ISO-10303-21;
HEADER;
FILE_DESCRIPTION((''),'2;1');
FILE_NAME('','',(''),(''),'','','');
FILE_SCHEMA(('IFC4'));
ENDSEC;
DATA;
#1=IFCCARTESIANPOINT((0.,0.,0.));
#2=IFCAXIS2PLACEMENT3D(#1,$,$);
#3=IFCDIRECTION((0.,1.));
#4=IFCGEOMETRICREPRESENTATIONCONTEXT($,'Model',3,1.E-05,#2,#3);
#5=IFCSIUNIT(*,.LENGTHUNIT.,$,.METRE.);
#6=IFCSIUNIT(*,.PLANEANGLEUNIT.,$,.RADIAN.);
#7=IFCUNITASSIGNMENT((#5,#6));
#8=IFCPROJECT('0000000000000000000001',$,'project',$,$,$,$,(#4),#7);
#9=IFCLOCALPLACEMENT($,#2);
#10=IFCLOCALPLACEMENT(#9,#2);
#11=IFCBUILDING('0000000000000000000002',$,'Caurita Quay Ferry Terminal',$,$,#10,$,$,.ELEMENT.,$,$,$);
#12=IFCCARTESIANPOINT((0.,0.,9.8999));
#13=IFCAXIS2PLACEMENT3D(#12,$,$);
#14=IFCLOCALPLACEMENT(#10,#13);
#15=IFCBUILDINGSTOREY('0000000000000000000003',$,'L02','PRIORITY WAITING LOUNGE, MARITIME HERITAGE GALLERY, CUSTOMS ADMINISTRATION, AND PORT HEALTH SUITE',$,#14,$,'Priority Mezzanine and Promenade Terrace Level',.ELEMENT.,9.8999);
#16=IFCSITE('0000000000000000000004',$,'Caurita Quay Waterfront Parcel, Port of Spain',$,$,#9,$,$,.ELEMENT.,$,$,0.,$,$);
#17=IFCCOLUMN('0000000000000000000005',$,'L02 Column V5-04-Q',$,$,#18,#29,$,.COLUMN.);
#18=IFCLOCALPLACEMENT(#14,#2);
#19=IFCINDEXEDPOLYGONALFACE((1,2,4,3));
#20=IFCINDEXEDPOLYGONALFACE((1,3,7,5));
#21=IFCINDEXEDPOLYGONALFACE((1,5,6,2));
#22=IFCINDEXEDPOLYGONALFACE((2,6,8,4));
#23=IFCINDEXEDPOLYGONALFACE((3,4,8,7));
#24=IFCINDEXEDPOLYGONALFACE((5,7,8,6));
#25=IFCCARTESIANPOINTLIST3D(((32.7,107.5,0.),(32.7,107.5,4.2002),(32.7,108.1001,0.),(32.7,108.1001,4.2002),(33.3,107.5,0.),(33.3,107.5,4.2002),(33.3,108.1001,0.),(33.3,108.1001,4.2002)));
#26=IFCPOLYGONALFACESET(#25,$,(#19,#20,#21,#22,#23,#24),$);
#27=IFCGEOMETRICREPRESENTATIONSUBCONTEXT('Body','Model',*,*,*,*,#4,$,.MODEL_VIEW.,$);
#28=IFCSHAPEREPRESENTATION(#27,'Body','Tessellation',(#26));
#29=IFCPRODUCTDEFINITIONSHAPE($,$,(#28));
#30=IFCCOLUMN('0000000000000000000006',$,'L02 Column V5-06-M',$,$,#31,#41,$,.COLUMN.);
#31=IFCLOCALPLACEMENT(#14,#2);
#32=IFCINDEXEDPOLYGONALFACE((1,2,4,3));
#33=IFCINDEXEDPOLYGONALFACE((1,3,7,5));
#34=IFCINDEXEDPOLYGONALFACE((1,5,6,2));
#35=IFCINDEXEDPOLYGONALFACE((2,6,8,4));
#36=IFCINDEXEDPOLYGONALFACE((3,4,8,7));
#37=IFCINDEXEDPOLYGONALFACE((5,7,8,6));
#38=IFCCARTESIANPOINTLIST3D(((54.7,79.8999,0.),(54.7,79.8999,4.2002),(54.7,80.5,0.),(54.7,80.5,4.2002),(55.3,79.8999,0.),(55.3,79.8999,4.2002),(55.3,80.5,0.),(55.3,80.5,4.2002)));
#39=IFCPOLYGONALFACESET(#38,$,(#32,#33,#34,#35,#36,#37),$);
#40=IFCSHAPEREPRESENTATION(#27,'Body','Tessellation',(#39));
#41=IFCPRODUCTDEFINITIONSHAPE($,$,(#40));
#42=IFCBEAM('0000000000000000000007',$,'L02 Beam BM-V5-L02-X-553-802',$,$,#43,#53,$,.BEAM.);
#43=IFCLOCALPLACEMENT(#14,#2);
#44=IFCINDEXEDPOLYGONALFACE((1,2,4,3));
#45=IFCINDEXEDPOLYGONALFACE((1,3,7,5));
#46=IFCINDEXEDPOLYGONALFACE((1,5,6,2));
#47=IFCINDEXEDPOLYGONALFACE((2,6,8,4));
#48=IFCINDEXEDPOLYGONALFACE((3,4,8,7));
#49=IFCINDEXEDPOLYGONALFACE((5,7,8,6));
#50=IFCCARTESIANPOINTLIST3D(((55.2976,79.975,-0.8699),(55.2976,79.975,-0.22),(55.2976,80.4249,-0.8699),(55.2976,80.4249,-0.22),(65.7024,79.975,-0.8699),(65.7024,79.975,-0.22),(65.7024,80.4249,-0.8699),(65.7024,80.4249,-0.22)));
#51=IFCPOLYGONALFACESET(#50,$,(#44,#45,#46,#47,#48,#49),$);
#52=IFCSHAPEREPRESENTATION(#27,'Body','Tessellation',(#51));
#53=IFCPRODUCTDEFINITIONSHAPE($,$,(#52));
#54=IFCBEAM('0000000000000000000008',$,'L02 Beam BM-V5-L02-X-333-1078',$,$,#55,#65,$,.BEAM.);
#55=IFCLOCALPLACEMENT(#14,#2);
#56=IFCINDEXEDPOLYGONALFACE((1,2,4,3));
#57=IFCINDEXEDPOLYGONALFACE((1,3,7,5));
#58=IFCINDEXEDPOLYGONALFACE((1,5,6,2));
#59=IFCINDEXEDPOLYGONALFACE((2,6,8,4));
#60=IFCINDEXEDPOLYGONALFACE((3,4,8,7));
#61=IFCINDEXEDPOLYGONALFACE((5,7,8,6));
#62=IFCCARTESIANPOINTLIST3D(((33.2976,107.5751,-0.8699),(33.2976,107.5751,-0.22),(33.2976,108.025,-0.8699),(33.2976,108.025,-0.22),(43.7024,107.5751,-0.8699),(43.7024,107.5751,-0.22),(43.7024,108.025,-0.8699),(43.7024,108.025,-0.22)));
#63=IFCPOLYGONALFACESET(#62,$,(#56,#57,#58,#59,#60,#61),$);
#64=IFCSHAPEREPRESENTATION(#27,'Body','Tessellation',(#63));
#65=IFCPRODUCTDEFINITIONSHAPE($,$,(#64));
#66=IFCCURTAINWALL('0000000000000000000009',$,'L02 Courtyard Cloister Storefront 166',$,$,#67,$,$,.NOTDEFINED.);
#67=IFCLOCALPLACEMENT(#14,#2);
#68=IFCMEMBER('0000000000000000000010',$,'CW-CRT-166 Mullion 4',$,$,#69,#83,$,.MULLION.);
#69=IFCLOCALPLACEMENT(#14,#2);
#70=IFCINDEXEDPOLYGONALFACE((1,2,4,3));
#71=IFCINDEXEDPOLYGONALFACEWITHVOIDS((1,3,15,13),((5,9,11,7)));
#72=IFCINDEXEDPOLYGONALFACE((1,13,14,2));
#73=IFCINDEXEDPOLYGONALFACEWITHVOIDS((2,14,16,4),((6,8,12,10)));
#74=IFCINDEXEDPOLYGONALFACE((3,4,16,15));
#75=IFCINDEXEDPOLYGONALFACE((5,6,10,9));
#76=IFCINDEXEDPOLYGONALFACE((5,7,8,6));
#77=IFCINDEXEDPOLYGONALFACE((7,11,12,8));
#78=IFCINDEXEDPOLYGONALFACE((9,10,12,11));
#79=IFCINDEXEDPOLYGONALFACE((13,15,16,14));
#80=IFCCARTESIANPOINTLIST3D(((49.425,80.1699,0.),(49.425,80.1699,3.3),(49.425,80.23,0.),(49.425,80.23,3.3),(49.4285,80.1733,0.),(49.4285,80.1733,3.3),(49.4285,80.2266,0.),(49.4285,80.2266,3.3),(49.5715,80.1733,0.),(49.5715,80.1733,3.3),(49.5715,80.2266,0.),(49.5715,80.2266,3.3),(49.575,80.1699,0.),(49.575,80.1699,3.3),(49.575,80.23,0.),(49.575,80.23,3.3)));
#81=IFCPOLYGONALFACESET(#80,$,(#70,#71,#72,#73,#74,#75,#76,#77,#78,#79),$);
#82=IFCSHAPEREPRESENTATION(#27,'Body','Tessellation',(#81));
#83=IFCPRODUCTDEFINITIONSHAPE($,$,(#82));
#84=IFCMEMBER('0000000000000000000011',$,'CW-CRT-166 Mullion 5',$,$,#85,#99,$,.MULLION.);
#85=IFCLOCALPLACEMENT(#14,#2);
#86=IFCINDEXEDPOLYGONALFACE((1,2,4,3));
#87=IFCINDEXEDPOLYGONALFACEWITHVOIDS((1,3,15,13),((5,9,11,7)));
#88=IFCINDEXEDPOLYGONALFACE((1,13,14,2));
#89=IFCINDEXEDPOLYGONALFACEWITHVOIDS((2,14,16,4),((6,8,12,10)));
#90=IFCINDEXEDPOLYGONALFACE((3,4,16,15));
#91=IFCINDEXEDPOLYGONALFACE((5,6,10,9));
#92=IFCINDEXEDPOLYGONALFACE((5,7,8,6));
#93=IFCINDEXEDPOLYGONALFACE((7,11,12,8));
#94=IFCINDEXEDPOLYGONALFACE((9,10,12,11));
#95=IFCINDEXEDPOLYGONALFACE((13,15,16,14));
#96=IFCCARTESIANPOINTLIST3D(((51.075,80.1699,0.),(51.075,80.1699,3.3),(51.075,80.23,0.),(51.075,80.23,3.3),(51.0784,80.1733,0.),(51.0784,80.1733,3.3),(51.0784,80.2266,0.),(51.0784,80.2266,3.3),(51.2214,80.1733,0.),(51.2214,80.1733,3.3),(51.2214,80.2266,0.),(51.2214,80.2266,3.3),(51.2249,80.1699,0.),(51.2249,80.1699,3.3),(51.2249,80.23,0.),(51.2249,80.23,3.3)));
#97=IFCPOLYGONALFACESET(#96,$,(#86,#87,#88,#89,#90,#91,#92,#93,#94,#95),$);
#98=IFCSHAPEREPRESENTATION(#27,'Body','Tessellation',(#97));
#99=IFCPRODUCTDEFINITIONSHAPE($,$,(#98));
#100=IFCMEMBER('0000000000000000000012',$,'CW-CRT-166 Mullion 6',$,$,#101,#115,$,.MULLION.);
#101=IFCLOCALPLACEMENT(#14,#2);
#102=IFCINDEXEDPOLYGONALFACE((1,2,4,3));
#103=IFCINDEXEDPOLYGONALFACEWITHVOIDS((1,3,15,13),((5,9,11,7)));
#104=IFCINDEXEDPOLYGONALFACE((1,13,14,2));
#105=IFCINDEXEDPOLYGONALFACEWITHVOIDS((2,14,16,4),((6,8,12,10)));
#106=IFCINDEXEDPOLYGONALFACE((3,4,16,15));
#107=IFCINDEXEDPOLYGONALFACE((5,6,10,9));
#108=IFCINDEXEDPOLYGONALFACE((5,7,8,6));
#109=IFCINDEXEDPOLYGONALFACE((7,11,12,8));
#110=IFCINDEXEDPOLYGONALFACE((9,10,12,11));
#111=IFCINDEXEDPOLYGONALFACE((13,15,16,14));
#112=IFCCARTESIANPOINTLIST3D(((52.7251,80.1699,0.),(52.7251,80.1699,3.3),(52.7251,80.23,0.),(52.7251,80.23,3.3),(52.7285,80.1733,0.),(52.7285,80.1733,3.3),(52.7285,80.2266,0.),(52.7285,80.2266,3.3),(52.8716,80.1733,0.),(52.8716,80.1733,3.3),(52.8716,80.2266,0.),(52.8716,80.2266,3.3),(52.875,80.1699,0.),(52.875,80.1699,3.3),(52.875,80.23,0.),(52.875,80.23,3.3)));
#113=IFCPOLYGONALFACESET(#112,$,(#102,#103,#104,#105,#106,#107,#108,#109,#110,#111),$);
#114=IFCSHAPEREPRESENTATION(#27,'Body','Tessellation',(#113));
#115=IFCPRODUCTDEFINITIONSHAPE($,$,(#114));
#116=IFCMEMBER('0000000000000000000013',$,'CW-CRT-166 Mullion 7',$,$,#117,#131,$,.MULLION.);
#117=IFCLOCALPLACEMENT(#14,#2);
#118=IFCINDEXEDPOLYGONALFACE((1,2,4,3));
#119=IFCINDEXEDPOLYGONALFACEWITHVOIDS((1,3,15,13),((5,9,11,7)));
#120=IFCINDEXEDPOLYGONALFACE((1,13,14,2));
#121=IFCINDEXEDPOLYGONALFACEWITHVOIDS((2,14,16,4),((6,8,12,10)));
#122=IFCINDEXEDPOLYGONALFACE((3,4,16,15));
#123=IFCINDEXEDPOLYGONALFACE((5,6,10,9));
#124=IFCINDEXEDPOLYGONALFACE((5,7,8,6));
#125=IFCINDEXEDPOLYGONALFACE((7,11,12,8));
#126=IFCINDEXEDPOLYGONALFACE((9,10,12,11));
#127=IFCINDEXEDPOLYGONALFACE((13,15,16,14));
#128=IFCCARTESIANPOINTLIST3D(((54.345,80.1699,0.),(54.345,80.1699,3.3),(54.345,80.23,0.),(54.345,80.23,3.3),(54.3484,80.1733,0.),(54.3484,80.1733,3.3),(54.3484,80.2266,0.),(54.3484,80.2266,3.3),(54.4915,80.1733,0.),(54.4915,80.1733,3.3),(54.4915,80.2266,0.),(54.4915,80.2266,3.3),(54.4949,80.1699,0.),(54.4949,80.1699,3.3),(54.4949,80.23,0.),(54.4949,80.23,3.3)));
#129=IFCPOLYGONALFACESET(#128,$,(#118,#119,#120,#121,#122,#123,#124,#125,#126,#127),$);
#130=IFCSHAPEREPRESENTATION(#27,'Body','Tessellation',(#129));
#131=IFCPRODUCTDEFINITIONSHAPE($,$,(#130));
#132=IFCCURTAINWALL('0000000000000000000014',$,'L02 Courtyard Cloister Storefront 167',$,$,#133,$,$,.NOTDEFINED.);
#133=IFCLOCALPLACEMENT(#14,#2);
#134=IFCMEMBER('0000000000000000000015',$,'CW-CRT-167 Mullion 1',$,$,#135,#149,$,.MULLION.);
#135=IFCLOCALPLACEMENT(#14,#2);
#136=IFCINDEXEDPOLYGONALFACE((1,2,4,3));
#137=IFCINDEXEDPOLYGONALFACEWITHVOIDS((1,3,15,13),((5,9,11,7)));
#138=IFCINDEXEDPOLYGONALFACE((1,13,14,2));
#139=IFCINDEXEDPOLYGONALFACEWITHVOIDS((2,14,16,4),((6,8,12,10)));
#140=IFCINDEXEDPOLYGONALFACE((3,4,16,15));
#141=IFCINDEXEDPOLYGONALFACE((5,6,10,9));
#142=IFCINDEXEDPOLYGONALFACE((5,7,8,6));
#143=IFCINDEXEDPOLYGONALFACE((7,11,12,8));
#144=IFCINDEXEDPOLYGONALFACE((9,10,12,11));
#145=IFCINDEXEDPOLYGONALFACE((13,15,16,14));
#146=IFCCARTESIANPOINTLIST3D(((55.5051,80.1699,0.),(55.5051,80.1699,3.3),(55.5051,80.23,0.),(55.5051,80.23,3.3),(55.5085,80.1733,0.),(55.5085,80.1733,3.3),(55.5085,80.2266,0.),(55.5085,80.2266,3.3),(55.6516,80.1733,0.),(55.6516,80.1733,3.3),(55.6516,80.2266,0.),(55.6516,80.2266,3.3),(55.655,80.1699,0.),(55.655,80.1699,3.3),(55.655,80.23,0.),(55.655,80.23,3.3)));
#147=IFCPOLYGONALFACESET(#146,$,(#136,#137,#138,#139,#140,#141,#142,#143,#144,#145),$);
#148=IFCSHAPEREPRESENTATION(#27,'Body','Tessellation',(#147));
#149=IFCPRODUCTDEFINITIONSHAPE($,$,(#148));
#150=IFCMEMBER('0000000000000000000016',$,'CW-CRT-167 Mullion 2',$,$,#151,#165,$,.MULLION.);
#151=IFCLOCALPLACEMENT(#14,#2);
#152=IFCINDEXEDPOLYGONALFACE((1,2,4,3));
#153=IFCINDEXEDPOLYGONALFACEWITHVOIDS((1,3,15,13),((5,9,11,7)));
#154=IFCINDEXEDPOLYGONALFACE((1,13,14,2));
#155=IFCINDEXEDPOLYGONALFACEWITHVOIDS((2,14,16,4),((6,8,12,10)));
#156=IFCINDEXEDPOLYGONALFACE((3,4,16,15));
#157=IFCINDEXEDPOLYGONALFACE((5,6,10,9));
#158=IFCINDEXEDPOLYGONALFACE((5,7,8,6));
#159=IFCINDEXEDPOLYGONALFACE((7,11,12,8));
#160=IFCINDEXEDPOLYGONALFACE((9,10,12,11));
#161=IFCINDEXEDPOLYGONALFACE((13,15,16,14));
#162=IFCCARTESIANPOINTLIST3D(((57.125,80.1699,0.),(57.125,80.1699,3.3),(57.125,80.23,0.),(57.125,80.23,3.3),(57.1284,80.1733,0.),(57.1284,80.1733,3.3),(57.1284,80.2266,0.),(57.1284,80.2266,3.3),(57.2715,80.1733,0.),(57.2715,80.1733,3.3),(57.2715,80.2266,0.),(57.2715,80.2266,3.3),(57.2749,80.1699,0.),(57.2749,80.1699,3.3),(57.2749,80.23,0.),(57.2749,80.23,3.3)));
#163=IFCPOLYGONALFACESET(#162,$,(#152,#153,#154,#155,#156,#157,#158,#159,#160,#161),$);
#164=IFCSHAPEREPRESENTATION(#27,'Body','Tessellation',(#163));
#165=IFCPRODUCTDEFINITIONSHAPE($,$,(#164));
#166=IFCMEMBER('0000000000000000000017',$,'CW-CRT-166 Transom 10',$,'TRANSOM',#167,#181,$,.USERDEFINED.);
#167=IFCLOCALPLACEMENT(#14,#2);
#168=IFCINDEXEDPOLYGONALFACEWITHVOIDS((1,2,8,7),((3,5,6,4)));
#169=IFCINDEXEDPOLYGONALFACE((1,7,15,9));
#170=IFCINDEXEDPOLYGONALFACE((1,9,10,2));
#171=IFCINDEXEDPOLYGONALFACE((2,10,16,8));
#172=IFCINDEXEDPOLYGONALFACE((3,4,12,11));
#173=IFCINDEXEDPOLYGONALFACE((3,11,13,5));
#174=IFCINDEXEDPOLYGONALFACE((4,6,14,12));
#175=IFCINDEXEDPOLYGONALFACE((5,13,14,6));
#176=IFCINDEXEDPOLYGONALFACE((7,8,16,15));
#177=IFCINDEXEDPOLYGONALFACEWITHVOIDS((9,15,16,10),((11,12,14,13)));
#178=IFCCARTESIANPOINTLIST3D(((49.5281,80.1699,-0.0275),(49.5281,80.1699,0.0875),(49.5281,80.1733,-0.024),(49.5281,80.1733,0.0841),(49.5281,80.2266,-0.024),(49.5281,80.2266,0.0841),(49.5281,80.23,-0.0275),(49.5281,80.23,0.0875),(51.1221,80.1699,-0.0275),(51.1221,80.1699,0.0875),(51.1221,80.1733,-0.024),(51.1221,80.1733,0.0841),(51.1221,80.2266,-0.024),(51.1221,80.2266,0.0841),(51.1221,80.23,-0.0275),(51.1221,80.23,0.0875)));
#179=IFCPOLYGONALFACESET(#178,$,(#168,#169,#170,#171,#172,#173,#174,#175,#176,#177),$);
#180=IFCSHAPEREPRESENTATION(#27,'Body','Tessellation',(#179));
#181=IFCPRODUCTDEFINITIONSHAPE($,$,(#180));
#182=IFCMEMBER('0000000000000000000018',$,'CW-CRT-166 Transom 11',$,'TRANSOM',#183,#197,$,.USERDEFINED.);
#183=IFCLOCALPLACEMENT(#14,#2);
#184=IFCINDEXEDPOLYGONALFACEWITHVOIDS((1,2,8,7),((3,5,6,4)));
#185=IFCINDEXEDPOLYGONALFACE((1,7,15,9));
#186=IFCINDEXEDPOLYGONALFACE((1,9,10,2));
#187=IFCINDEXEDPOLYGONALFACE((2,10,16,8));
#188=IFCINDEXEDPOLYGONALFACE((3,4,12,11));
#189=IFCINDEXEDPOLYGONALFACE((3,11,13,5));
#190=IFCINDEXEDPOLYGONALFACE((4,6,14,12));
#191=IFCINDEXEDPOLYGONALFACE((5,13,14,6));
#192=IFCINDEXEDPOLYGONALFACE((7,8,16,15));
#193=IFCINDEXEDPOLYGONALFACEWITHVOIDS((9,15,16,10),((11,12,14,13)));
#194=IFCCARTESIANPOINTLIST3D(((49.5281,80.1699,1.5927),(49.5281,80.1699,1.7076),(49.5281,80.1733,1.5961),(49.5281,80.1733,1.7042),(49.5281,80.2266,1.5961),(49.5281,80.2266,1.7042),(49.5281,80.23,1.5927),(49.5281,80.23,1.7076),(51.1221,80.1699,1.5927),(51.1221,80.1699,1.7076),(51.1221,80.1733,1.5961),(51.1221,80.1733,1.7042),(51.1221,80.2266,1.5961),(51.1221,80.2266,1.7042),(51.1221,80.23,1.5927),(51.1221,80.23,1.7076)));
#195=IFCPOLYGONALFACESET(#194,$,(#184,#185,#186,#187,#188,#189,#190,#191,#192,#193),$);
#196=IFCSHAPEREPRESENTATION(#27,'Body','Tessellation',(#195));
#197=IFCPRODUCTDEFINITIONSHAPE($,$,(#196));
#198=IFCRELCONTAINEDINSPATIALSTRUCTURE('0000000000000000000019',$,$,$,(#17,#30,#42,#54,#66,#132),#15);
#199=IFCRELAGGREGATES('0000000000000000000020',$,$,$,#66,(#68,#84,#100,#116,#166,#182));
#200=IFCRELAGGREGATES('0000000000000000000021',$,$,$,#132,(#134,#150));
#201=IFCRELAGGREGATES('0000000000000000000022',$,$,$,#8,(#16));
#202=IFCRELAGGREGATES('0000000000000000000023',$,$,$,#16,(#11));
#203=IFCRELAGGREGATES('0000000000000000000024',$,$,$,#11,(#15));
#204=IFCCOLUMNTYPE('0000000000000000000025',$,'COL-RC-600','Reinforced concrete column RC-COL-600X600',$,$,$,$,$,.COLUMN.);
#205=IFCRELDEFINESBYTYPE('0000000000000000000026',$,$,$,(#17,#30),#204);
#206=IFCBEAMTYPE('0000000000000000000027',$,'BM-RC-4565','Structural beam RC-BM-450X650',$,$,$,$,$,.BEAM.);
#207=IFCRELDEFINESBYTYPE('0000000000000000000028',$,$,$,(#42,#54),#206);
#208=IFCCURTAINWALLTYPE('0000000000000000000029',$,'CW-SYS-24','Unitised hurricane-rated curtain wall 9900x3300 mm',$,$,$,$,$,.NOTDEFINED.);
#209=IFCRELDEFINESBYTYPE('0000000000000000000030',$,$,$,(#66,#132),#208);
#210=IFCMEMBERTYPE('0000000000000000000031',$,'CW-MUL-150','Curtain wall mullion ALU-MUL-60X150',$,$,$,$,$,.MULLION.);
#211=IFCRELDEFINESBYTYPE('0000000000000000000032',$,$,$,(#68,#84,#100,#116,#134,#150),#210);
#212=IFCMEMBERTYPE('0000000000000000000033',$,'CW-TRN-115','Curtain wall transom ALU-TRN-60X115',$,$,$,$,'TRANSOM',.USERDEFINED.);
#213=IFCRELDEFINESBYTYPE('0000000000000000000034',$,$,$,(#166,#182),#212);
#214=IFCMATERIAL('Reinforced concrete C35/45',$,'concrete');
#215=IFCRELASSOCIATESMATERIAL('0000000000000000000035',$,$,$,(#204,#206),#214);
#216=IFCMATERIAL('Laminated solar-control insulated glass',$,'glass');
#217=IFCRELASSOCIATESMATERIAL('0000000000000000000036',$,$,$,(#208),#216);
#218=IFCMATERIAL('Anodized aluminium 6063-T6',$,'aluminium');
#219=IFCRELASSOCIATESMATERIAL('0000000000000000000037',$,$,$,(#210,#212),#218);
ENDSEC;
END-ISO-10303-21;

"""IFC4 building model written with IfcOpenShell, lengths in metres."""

from ifc_helpers import new_model, si_unit, direction, frame, origin, origin_2d, place, context, subcontext, project, spatial, rectangle, hollow_rectangle, extrude, material, material_profile, profile_set, type_object, element, aggregate, save


model = new_model("IFC4")

# Units and contexts
model_context = context("Model", 3, precision=1e-05, world=origin(), true_north=direction((0.0, 1.0)))
body_context = subcontext(model_context, "Body", "Model", "MODEL_VIEW")
ifc_project = project(units=[si_unit("LENGTHUNIT", "METRE"), si_unit("PLANEANGLEUNIT", "RADIAN")], contexts=[model_context])

# Site, building, storey
site_placement = place(None, origin())
site = spatial("IfcSite", under=ifc_project, at=site_placement, Name="Caurita Quay Waterfront Parcel, Port of Spain", CompositionType="ELEMENT", RefElevation=0.0)
building_placement = place(site_placement, origin())
building = spatial("IfcBuilding", under=site, at=building_placement, Name="Caurita Quay Ferry Terminal", CompositionType="ELEMENT")
storey_placement = place(building_placement, frame((0.0, 0.0, 9.8999)))
storey = spatial("IfcBuildingStorey", under=building, at=storey_placement, Name="L02", Description="PRIORITY WAITING LOUNGE, MARITIME HERITAGE GALLERY, CUSTOMS ADMINISTRATION, AND PORT HEALTH SUITE", LongName="Priority Mezzanine and Promenade Terrace Level", CompositionType="ELEMENT", Elevation=9.8999)

# Columns
ifc_material_1 = material(Name="Reinforced concrete C35/45", Category="concrete")
ifc_material_profile_1 = material_profile(ifc_material_1, rectangle(XDim=0.6001, YDim=0.6001, at=origin_2d()), Name="RC-COL-600X600")
ifc_profile_set_1 = profile_set([ifc_material_profile_1], Name="Reinforced concrete C35/45")
column_type = type_object("IfcColumnType", Name="COL-RC-600", Description="Reinforced concrete column RC-COL-600X600", PredefinedType="COLUMN", material=ifc_profile_set_1)
for number, where, z_axis, x_axis, name in (
    (1, (33.0, 107.8, 0.0), (0.0, 0.0, 1.0), (1.0, 0.0, 0.0), "L02 Column V5-04-Q"),
    (2, (55.0, 80.2, 0.0), (0.0, 0.0, 1.0), (1.0, 0.0, 0.0), "L02 Column V5-06-M"),
):
    element("IfcColumn", number, at=place(storey_placement, frame(where, z_axis=z_axis, x_axis=x_axis)), inside=storey, type_object=column_type, Name=name, PredefinedType="COLUMN", context=body_context, shape_type="SweptSolid", body=[
        extrude(rectangle(XDim=0.6001, YDim=0.6001, at=origin_2d()), origin(), (0.0, 0.0, 1.0), 4.2002),
    ])

# Beams
ifc_material_profile_2 = material_profile(ifc_material_1, rectangle(XDim=0.45, YDim=0.6499, at=origin_2d()), Name="RC-BM-450X650")
ifc_profile_set_2 = profile_set([ifc_material_profile_2], Name="Reinforced concrete C35/45")
beam_type = type_object("IfcBeamType", Name="BM-RC-4565", Description="Structural beam RC-BM-450X650", PredefinedType="BEAM", material=ifc_profile_set_2)
for number, where, z_axis, x_axis, name in (
    (3, (55.2976, 80.2, -0.5449), (1.0, 0.0, 0.0), (0.0, 1.0, 0.0), "L02 Beam BM-V5-L02-X-553-802"),
    (4, (33.2976, 107.8, -0.5449), (1.0, 0.0, 0.0), (0.0, 1.0, 0.0), "L02 Beam BM-V5-L02-X-333-1078"),
):
    element("IfcBeam", number, at=place(storey_placement, frame(where, z_axis=z_axis, x_axis=x_axis)), inside=storey, type_object=beam_type, Name=name, PredefinedType="BEAM", context=body_context, shape_type="SweptSolid", body=[
        extrude(rectangle(XDim=0.45, YDim=0.6499, at=origin_2d()), origin(), (0.0, 0.0, 1.0), 10.4048),
    ])

# Curtain walls, members
ifc_material_2 = material(Name="Laminated solar-control insulated glass", Category="glass")
curtain_wall_type = type_object("IfcCurtainWallType", Name="CW-SYS-24", Description="Unitised hurricane-rated curtain wall 9900x3300 mm", PredefinedType="NOTDEFINED", material=ifc_material_2)
curtain_wall_1_placement = place(storey_placement, origin())
curtain_wall_1 = element("IfcCurtainWall", 5, at=curtain_wall_1_placement, inside=storey, type_object=curtain_wall_type, Name="L02 Courtyard Cloister Storefront 166", PredefinedType="NOTDEFINED")
ifc_material_3 = material(Name="Anodized aluminium 6063-T6", Category="aluminium")
ifc_material_profile_3 = material_profile(ifc_material_3, hollow_rectangle(XDim=0.0601, YDim=0.1499, WallThickness=0.0034, at=origin_2d()), Name="ALU-MUL-60X150")
ifc_profile_set_3 = profile_set([ifc_material_profile_3], Name="Anodized aluminium 6063-T6")
member_type_1 = type_object("IfcMemberType", Name="CW-MUL-150", Description="Curtain wall mullion ALU-MUL-60X150", PredefinedType="MULLION", material=ifc_profile_set_3)
member_1_placement = place(storey_placement, frame((49.5, 80.2, 0.0), z_axis=(0.0, 0.0, 1.0), x_axis=(0.0, 1.0, 0.0)))
member_1 = element("IfcMember", 6, at=member_1_placement, type_object=member_type_1, Name="CW-CRT-166 Mullion 4", PredefinedType="MULLION", context=body_context, shape_type="SweptSolid", body=[
    extrude(hollow_rectangle(XDim=0.0601, YDim=0.1499, WallThickness=0.0034, at=origin_2d()), origin(), (0.0, 0.0, 1.0), 3.3),
])
member_2_placement = place(storey_placement, frame((51.1499, 80.2, 0.0), z_axis=(0.0, 0.0, 1.0), x_axis=(0.0, 1.0, 0.0)))
member_2 = element("IfcMember", 7, at=member_2_placement, type_object=member_type_1, Name="CW-CRT-166 Mullion 5", PredefinedType="MULLION", context=body_context, shape_type="SweptSolid", body=[
    extrude(hollow_rectangle(XDim=0.0601, YDim=0.1499, WallThickness=0.0034, at=origin_2d()), origin(), (0.0, 0.0, 1.0), 3.3),
])
member_3_placement = place(storey_placement, frame((52.8, 80.2, 0.0), z_axis=(0.0, 0.0, 1.0), x_axis=(0.0, 1.0, 0.0)))
member_3 = element("IfcMember", 8, at=member_3_placement, type_object=member_type_1, Name="CW-CRT-166 Mullion 6", PredefinedType="MULLION", context=body_context, shape_type="SweptSolid", body=[
    extrude(hollow_rectangle(XDim=0.0601, YDim=0.1499, WallThickness=0.0034, at=origin_2d()), origin(), (0.0, 0.0, 1.0), 3.3),
])
member_4_placement = place(storey_placement, frame((54.4199, 80.2, 0.0), z_axis=(0.0, 0.0, 1.0), x_axis=(0.0, 1.0, 0.0)))
member_4 = element("IfcMember", 9, at=member_4_placement, type_object=member_type_1, Name="CW-CRT-166 Mullion 7", PredefinedType="MULLION", context=body_context, shape_type="SweptSolid", body=[
    extrude(hollow_rectangle(XDim=0.0601, YDim=0.1499, WallThickness=0.0034, at=origin_2d()), origin(), (0.0, 0.0, 1.0), 3.3),
])
curtain_wall_2_placement = place(storey_placement, origin())
curtain_wall_2 = element("IfcCurtainWall", 10, at=curtain_wall_2_placement, inside=storey, type_object=curtain_wall_type, Name="L02 Courtyard Cloister Storefront 167", PredefinedType="NOTDEFINED")
member_5_placement = place(storey_placement, frame((55.5801, 80.2, 0.0), z_axis=(0.0, 0.0, 1.0), x_axis=(0.0, 1.0, 0.0)))
member_5 = element("IfcMember", 11, at=member_5_placement, type_object=member_type_1, Name="CW-CRT-167 Mullion 1", PredefinedType="MULLION", context=body_context, shape_type="SweptSolid", body=[
    extrude(hollow_rectangle(XDim=0.0601, YDim=0.1499, WallThickness=0.0034, at=origin_2d()), origin(), (0.0, 0.0, 1.0), 3.3),
])
member_6_placement = place(storey_placement, frame((57.2, 80.2, 0.0), z_axis=(0.0, 0.0, 1.0), x_axis=(0.0, 1.0, 0.0)))
member_6 = element("IfcMember", 12, at=member_6_placement, type_object=member_type_1, Name="CW-CRT-167 Mullion 2", PredefinedType="MULLION", context=body_context, shape_type="SweptSolid", body=[
    extrude(hollow_rectangle(XDim=0.0601, YDim=0.1499, WallThickness=0.0034, at=origin_2d()), origin(), (0.0, 0.0, 1.0), 3.3),
])

# Members
ifc_material_profile_4 = material_profile(ifc_material_3, hollow_rectangle(XDim=0.0601, YDim=0.115, WallThickness=0.0034, at=origin_2d()), Name="ALU-TRN-60X115")
ifc_profile_set_4 = profile_set([ifc_material_profile_4], Name="Anodized aluminium 6063-T6")
member_type_2 = type_object("IfcMemberType", Name="CW-TRN-115", Description="Curtain wall transom ALU-TRN-60X115", ElementType="TRANSOM", PredefinedType="USERDEFINED", material=ifc_profile_set_4)
member_7_placement = place(storey_placement, frame((49.5281, 80.2, 0.03), z_axis=(1.0, 0.0, 0.0), x_axis=(0.0, 1.0, 0.0)))
member_7 = element("IfcMember", 13, at=member_7_placement, type_object=member_type_2, Name="CW-CRT-166 Transom 10", ObjectType="TRANSOM", PredefinedType="USERDEFINED", context=body_context, shape_type="SweptSolid", body=[
    extrude(hollow_rectangle(XDim=0.0601, YDim=0.115, WallThickness=0.0034, at=origin_2d()), origin(), (0.0, 0.0, 1.0), 1.594),
])
member_8_placement = place(storey_placement, frame((49.5281, 80.2, 1.6501), z_axis=(1.0, 0.0, 0.0), x_axis=(0.0, 1.0, 0.0)))
member_8 = element("IfcMember", 14, at=member_8_placement, type_object=member_type_2, Name="CW-CRT-166 Transom 11", ObjectType="TRANSOM", PredefinedType="USERDEFINED", context=body_context, shape_type="SweptSolid", body=[
    extrude(hollow_rectangle(XDim=0.0601, YDim=0.115, WallThickness=0.0034, at=origin_2d()), origin(), (0.0, 0.0, 1.0), 1.594),
])

aggregate(curtain_wall_1, [member_1, member_2, member_3, member_4, member_7, member_8])
aggregate(curtain_wall_2, [member_5, member_6])

save(model, "model.ifc")
